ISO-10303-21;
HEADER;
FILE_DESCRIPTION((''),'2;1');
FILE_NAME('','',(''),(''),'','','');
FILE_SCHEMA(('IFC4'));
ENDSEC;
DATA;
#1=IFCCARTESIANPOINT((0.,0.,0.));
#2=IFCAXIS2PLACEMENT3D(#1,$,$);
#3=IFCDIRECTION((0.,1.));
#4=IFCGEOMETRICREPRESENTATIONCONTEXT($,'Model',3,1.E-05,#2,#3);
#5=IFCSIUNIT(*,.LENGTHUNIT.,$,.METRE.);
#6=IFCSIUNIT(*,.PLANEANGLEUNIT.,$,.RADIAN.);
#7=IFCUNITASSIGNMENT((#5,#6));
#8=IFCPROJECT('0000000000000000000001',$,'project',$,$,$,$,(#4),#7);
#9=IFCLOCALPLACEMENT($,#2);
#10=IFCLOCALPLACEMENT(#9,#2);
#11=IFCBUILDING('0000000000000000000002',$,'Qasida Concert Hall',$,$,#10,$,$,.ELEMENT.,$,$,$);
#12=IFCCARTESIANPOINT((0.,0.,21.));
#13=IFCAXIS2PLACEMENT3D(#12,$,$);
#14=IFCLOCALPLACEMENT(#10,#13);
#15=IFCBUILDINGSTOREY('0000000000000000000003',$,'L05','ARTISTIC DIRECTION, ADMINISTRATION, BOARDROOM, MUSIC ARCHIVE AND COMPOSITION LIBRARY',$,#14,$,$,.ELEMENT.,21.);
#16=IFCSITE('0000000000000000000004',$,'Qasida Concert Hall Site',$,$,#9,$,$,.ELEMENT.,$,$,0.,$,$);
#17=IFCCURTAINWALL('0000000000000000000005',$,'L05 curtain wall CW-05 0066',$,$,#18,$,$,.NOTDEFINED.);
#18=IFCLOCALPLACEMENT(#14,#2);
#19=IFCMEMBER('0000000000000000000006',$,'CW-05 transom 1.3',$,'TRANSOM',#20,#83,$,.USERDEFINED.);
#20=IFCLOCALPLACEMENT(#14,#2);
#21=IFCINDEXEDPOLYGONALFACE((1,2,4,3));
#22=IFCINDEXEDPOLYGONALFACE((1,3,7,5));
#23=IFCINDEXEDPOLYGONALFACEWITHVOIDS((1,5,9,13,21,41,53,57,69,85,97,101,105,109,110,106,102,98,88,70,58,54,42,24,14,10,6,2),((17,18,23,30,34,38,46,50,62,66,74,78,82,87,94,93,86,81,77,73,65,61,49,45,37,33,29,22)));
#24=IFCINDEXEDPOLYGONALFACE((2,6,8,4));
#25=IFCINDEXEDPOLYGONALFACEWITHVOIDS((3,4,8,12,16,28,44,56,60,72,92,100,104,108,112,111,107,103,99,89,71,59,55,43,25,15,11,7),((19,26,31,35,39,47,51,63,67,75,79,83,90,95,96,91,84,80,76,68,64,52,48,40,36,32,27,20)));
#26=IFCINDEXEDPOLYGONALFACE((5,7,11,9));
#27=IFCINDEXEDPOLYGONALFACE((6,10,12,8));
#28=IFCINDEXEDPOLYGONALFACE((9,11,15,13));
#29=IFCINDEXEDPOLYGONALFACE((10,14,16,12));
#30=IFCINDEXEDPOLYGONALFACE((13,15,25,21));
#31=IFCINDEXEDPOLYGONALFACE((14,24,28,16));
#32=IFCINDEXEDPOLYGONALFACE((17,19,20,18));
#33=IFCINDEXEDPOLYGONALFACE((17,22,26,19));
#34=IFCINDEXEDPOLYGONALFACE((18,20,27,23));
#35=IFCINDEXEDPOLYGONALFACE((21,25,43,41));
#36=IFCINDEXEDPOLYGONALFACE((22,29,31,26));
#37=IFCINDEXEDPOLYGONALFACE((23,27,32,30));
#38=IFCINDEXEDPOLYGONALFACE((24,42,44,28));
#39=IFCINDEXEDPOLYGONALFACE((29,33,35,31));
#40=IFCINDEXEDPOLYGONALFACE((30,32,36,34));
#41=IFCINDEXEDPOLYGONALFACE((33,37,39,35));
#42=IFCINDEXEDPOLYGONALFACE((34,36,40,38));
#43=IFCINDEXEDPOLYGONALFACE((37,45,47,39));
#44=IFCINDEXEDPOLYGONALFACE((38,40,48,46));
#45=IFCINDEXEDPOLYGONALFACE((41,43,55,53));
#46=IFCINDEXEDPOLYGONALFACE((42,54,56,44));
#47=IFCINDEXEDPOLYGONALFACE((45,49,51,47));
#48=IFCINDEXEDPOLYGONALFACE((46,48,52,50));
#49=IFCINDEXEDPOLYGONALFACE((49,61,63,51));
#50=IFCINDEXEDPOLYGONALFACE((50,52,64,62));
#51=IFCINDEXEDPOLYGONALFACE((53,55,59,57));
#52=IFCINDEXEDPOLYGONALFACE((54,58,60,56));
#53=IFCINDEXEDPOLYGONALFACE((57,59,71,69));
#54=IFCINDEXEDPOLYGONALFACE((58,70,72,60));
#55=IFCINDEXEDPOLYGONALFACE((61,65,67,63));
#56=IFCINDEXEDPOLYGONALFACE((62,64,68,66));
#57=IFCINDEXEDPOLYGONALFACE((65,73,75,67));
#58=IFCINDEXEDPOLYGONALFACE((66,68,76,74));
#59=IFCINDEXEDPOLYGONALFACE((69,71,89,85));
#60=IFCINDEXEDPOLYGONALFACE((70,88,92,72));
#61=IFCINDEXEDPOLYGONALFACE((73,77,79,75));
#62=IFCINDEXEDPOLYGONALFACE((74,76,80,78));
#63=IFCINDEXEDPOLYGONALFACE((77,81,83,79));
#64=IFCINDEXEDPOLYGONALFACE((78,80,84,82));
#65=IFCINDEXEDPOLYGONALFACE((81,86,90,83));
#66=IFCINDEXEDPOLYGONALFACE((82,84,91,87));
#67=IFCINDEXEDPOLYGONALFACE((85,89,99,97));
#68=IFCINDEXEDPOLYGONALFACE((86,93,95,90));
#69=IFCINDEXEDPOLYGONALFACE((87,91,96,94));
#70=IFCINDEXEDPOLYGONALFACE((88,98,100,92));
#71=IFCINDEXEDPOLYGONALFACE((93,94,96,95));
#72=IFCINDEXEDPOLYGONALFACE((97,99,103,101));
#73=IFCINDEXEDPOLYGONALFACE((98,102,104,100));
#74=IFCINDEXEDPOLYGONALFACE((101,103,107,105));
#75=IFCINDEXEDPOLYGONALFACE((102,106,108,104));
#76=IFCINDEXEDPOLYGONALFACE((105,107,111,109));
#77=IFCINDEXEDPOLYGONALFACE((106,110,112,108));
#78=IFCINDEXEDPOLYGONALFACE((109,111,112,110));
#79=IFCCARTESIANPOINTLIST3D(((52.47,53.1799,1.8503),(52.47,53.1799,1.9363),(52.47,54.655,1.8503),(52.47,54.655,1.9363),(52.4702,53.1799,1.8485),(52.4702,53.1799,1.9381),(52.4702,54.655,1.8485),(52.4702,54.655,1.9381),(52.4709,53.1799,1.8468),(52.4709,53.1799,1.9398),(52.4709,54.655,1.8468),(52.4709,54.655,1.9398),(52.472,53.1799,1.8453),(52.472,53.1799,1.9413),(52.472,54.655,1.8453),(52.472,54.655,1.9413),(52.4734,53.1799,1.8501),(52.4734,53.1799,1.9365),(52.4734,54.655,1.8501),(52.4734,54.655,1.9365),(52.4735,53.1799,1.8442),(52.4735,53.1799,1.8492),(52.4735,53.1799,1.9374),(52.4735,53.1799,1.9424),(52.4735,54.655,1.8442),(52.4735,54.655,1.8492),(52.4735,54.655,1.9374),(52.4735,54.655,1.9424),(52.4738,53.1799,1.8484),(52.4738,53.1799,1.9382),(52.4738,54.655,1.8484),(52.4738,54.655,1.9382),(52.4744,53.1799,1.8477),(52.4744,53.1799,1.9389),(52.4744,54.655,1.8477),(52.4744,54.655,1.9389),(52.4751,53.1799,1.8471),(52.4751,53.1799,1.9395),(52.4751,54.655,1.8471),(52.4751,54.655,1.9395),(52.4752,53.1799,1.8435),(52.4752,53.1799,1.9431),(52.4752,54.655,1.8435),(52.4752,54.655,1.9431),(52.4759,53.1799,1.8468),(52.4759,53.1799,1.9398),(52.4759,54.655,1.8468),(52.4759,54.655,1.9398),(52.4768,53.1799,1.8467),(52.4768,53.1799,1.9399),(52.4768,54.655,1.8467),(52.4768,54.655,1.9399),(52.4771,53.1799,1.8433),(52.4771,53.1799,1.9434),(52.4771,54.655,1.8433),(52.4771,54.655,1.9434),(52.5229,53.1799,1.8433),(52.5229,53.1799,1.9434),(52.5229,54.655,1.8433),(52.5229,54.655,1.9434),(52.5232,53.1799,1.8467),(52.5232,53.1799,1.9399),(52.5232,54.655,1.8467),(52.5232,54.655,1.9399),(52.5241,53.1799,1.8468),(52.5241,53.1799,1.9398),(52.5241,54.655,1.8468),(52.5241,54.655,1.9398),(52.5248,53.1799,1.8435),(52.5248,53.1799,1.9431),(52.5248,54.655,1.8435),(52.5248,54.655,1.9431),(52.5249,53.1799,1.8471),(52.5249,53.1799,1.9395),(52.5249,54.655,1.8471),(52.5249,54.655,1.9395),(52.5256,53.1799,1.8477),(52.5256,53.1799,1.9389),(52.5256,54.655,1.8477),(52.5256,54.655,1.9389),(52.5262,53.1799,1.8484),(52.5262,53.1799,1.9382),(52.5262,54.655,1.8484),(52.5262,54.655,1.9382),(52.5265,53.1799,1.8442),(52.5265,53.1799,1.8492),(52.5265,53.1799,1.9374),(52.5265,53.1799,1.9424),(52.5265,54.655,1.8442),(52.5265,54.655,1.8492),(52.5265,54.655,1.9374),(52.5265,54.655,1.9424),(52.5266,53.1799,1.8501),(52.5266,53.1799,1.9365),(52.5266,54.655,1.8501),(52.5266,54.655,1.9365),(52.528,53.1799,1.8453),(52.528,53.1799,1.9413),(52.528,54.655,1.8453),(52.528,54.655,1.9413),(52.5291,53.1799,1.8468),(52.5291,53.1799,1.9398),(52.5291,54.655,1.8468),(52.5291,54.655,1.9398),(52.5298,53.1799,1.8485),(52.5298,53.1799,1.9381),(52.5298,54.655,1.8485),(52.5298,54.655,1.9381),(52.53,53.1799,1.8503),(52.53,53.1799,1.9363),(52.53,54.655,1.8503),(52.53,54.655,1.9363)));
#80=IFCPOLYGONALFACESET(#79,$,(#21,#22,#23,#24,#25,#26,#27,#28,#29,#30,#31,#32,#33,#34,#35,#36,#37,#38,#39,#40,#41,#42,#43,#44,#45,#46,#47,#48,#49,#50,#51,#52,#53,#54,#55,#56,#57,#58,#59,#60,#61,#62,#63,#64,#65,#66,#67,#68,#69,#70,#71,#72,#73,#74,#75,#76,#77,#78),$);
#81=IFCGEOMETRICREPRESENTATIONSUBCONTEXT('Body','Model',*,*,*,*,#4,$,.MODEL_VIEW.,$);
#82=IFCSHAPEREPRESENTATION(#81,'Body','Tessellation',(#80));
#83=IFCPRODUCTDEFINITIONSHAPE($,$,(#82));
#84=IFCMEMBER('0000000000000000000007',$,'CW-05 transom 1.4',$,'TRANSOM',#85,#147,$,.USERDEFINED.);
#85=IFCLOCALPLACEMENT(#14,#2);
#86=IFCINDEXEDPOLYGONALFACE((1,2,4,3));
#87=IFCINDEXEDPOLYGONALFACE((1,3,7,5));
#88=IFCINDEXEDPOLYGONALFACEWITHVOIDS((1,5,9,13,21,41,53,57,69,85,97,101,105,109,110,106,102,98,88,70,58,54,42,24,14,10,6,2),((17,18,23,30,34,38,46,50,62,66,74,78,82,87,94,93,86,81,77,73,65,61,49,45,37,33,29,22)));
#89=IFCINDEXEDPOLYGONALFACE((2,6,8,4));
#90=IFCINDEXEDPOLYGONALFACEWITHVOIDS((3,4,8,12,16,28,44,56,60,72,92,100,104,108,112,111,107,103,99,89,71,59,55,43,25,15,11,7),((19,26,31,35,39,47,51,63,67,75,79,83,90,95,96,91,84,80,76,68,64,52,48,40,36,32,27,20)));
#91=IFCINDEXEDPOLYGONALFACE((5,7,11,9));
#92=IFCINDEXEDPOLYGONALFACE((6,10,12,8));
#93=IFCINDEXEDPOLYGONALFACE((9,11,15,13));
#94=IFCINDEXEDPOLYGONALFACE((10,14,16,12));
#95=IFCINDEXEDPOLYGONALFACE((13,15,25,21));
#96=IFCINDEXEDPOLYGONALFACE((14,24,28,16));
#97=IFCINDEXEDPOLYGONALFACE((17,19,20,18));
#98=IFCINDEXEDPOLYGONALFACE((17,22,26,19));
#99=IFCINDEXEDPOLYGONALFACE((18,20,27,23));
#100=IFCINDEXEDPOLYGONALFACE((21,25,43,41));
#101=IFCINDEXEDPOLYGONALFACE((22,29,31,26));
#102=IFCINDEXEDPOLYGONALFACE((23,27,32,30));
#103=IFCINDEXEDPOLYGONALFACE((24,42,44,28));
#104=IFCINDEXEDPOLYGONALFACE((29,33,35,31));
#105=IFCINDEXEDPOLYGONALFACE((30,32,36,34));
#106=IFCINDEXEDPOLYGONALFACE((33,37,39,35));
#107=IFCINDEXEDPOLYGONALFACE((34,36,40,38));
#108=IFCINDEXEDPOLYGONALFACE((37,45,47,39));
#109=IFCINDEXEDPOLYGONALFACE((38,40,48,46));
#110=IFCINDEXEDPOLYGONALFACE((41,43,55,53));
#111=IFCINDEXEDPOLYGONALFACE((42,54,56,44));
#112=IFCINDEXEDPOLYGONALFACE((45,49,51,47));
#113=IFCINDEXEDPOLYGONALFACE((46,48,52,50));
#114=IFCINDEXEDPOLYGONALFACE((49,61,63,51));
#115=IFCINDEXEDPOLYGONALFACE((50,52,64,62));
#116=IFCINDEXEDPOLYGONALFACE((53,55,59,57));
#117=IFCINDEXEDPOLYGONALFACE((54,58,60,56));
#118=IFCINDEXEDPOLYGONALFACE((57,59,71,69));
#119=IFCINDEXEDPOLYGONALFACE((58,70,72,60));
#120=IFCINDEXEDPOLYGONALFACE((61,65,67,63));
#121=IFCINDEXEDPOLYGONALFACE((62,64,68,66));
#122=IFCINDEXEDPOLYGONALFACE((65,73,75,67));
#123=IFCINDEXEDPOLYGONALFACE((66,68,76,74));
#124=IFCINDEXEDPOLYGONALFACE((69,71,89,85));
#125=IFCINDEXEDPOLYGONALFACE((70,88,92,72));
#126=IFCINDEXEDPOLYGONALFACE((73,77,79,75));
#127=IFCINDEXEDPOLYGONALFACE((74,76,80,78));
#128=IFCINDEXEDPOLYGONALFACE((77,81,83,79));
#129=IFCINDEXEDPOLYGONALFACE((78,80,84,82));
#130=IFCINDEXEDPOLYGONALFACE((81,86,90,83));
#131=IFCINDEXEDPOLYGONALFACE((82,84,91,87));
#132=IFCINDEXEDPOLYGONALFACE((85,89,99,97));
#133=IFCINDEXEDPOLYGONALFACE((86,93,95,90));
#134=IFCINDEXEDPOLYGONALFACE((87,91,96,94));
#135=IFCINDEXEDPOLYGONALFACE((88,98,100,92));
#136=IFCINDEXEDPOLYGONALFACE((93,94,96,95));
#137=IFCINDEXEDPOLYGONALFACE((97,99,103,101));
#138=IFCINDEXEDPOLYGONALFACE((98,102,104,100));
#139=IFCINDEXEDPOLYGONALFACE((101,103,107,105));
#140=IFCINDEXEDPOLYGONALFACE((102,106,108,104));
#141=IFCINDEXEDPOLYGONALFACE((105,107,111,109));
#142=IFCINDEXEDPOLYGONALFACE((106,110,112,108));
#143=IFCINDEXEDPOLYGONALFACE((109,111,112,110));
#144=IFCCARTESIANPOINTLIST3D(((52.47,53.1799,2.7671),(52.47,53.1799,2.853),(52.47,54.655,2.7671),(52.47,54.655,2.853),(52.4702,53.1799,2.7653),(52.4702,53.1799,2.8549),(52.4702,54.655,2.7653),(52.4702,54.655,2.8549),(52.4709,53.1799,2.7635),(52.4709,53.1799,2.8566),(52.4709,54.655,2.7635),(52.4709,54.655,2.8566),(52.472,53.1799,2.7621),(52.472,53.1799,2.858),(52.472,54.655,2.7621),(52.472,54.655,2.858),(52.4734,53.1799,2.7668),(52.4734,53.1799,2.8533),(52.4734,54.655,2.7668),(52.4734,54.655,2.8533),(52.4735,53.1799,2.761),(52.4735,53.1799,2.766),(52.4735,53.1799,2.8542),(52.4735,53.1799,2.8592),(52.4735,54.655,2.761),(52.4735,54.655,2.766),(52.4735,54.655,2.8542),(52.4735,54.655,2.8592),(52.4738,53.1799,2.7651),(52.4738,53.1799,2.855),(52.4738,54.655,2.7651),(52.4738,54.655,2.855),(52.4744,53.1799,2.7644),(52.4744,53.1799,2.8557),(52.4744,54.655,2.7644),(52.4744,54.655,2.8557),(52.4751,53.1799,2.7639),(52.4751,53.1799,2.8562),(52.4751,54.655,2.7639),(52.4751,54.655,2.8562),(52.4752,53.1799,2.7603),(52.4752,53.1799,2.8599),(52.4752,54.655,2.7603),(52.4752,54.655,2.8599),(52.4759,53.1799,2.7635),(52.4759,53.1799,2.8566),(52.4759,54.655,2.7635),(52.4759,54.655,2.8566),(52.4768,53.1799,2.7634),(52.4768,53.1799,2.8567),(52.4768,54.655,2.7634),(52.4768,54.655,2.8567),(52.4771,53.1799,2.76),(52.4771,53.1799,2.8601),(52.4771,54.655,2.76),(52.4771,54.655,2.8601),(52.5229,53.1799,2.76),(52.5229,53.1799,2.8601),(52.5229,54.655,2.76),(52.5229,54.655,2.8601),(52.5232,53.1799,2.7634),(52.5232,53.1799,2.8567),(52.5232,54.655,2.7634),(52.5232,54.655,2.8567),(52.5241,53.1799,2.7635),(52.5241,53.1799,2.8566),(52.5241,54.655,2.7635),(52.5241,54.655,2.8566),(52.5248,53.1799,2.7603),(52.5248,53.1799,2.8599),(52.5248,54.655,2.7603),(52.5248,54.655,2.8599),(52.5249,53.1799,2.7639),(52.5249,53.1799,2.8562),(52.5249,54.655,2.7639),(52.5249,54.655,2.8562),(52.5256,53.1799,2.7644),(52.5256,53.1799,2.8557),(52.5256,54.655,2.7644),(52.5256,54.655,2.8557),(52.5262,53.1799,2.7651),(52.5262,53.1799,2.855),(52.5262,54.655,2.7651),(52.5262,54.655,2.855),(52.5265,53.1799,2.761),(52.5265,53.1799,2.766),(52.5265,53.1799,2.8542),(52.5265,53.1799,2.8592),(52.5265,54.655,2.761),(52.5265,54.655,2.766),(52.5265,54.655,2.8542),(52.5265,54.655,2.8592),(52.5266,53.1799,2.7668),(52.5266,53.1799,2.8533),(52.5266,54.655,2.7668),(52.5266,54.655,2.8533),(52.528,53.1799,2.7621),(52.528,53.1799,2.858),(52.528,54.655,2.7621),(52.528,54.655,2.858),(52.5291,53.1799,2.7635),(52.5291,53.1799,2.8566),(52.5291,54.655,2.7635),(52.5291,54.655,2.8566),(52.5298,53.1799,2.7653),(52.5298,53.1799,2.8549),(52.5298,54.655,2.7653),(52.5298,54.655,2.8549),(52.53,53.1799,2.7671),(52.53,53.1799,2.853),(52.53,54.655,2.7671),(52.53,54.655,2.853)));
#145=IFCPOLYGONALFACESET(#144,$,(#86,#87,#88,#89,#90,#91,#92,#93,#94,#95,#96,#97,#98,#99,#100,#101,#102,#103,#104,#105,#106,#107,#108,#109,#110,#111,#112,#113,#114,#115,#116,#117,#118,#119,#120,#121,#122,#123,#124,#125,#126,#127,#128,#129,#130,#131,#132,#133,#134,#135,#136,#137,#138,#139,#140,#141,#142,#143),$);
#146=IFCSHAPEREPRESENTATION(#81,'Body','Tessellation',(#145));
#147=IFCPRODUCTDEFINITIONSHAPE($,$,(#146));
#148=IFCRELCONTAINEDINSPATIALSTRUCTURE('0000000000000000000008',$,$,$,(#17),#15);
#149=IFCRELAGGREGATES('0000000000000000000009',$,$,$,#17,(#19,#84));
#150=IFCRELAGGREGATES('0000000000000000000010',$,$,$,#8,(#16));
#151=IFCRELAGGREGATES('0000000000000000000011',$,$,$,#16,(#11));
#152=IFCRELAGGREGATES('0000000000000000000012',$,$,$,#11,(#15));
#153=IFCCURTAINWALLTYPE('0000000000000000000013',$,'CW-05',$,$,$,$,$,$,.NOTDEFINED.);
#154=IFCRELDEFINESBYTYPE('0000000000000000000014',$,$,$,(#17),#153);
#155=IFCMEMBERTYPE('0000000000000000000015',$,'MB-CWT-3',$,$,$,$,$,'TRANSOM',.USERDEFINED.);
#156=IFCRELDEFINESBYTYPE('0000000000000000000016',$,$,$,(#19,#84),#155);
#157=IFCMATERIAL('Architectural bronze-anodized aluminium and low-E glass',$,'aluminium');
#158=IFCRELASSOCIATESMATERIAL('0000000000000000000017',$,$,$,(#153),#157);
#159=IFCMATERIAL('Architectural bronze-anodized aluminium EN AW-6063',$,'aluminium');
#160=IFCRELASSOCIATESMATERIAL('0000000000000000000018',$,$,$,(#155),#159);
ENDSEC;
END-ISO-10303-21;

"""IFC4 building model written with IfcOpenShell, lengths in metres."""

from ifc_helpers import new_model, si_unit, direction, frame, origin, origin_2d, place, context, subcontext, project, spatial, hollow_rectangle, extrude, material, material_profile, profile_set, type_object, element, aggregate, save


model = new_model("IFC4")

# Units and contexts
model_context = context("Model", 3, precision=1e-05, world=origin(), true_north=direction((0.0, 1.0)))
body_context = subcontext(model_context, "Body", "Model", "MODEL_VIEW")
ifc_project = project(units=[si_unit("LENGTHUNIT", "METRE"), si_unit("PLANEANGLEUNIT", "RADIAN")], contexts=[model_context])

# Site, building, storey
site_placement = place(None, origin())
site = spatial("IfcSite", under=ifc_project, at=site_placement, Name="Qasida Concert Hall Site", CompositionType="ELEMENT", RefElevation=0.0)
building_placement = place(site_placement, origin())
building = spatial("IfcBuilding", under=site, at=building_placement, Name="Qasida Concert Hall", CompositionType="ELEMENT")
storey_placement = place(building_placement, frame((0.0, 0.0, 21.0)))
storey = spatial("IfcBuildingStorey", under=building, at=storey_placement, Name="L05", Description="ARTISTIC DIRECTION, ADMINISTRATION, BOARDROOM, MUSIC ARCHIVE AND COMPOSITION LIBRARY", CompositionType="ELEMENT", Elevation=21.0)

# Curtain wall, members
ifc_material_1 = material(Name="Architectural bronze-anodized aluminium and low-E glass", Category="aluminium")
curtain_wall_type = type_object("IfcCurtainWallType", Name="CW-05", PredefinedType="NOTDEFINED", material=ifc_material_1)
curtain_wall_placement = place(storey_placement, origin())
curtain_wall = element("IfcCurtainWall", 1, at=curtain_wall_placement, inside=storey, type_object=curtain_wall_type, Name="L05 curtain wall CW-05 0066", PredefinedType="NOTDEFINED")
ifc_material_2 = material(Name="Architectural bronze-anodized aluminium EN AW-6063", Category="aluminium")
ifc_material_profile_1 = material_profile(ifc_material_2, hollow_rectangle(XDim=0.0601, YDim=0.1001, WallThickness=0.0034, InnerFilletRadius=0.0034, OuterFilletRadius=0.0071, at=origin_2d()), Name="CWT 100x60x3.5")
ifc_profile_set_1 = profile_set([ifc_material_profile_1], Name="Architectural bronze-anodized aluminium EN AW-6063")
member_type_1 = type_object("IfcMemberType", Name="MB-CWT-3", ElementType="TRANSOM", PredefinedType="USERDEFINED", material=ifc_profile_set_1)
member_1_placement = place(storey_placement, frame((52.5, 53.1799, 1.8933), z_axis=(0.0, 1.0, 0.0), x_axis=(-1.0, 0.0, 0.0)))
member_1 = element("IfcMember", 2, at=member_1_placement, type_object=member_type_1, Name="CW-05 transom 1.3", ObjectType="TRANSOM", PredefinedType="USERDEFINED", context=body_context, shape_type="SweptSolid", body=[
    extrude(hollow_rectangle(XDim=0.0601, YDim=0.1001, WallThickness=0.0034, InnerFilletRadius=0.0034, OuterFilletRadius=0.0071, at=origin_2d()), origin(), (0.0, 0.0, 1.0), 1.4751),
])
member_2_placement = place(storey_placement, frame((52.5, 53.1799, 2.8101), z_axis=(0.0, 1.0, 0.0), x_axis=(-1.0, 0.0, 0.0)))
member_2 = element("IfcMember", 3, at=member_2_placement, type_object=member_type_1, Name="CW-05 transom 1.4", ObjectType="TRANSOM", PredefinedType="USERDEFINED", context=body_context, shape_type="SweptSolid", body=[
    extrude(hollow_rectangle(XDim=0.0601, YDim=0.1001, WallThickness=0.0034, InnerFilletRadius=0.0034, OuterFilletRadius=0.0071, at=origin_2d()), origin(), (0.0, 0.0, 1.0), 1.4751),
])
aggregate(curtain_wall, [member_1, member_2])

save(model, "model.ifc")
